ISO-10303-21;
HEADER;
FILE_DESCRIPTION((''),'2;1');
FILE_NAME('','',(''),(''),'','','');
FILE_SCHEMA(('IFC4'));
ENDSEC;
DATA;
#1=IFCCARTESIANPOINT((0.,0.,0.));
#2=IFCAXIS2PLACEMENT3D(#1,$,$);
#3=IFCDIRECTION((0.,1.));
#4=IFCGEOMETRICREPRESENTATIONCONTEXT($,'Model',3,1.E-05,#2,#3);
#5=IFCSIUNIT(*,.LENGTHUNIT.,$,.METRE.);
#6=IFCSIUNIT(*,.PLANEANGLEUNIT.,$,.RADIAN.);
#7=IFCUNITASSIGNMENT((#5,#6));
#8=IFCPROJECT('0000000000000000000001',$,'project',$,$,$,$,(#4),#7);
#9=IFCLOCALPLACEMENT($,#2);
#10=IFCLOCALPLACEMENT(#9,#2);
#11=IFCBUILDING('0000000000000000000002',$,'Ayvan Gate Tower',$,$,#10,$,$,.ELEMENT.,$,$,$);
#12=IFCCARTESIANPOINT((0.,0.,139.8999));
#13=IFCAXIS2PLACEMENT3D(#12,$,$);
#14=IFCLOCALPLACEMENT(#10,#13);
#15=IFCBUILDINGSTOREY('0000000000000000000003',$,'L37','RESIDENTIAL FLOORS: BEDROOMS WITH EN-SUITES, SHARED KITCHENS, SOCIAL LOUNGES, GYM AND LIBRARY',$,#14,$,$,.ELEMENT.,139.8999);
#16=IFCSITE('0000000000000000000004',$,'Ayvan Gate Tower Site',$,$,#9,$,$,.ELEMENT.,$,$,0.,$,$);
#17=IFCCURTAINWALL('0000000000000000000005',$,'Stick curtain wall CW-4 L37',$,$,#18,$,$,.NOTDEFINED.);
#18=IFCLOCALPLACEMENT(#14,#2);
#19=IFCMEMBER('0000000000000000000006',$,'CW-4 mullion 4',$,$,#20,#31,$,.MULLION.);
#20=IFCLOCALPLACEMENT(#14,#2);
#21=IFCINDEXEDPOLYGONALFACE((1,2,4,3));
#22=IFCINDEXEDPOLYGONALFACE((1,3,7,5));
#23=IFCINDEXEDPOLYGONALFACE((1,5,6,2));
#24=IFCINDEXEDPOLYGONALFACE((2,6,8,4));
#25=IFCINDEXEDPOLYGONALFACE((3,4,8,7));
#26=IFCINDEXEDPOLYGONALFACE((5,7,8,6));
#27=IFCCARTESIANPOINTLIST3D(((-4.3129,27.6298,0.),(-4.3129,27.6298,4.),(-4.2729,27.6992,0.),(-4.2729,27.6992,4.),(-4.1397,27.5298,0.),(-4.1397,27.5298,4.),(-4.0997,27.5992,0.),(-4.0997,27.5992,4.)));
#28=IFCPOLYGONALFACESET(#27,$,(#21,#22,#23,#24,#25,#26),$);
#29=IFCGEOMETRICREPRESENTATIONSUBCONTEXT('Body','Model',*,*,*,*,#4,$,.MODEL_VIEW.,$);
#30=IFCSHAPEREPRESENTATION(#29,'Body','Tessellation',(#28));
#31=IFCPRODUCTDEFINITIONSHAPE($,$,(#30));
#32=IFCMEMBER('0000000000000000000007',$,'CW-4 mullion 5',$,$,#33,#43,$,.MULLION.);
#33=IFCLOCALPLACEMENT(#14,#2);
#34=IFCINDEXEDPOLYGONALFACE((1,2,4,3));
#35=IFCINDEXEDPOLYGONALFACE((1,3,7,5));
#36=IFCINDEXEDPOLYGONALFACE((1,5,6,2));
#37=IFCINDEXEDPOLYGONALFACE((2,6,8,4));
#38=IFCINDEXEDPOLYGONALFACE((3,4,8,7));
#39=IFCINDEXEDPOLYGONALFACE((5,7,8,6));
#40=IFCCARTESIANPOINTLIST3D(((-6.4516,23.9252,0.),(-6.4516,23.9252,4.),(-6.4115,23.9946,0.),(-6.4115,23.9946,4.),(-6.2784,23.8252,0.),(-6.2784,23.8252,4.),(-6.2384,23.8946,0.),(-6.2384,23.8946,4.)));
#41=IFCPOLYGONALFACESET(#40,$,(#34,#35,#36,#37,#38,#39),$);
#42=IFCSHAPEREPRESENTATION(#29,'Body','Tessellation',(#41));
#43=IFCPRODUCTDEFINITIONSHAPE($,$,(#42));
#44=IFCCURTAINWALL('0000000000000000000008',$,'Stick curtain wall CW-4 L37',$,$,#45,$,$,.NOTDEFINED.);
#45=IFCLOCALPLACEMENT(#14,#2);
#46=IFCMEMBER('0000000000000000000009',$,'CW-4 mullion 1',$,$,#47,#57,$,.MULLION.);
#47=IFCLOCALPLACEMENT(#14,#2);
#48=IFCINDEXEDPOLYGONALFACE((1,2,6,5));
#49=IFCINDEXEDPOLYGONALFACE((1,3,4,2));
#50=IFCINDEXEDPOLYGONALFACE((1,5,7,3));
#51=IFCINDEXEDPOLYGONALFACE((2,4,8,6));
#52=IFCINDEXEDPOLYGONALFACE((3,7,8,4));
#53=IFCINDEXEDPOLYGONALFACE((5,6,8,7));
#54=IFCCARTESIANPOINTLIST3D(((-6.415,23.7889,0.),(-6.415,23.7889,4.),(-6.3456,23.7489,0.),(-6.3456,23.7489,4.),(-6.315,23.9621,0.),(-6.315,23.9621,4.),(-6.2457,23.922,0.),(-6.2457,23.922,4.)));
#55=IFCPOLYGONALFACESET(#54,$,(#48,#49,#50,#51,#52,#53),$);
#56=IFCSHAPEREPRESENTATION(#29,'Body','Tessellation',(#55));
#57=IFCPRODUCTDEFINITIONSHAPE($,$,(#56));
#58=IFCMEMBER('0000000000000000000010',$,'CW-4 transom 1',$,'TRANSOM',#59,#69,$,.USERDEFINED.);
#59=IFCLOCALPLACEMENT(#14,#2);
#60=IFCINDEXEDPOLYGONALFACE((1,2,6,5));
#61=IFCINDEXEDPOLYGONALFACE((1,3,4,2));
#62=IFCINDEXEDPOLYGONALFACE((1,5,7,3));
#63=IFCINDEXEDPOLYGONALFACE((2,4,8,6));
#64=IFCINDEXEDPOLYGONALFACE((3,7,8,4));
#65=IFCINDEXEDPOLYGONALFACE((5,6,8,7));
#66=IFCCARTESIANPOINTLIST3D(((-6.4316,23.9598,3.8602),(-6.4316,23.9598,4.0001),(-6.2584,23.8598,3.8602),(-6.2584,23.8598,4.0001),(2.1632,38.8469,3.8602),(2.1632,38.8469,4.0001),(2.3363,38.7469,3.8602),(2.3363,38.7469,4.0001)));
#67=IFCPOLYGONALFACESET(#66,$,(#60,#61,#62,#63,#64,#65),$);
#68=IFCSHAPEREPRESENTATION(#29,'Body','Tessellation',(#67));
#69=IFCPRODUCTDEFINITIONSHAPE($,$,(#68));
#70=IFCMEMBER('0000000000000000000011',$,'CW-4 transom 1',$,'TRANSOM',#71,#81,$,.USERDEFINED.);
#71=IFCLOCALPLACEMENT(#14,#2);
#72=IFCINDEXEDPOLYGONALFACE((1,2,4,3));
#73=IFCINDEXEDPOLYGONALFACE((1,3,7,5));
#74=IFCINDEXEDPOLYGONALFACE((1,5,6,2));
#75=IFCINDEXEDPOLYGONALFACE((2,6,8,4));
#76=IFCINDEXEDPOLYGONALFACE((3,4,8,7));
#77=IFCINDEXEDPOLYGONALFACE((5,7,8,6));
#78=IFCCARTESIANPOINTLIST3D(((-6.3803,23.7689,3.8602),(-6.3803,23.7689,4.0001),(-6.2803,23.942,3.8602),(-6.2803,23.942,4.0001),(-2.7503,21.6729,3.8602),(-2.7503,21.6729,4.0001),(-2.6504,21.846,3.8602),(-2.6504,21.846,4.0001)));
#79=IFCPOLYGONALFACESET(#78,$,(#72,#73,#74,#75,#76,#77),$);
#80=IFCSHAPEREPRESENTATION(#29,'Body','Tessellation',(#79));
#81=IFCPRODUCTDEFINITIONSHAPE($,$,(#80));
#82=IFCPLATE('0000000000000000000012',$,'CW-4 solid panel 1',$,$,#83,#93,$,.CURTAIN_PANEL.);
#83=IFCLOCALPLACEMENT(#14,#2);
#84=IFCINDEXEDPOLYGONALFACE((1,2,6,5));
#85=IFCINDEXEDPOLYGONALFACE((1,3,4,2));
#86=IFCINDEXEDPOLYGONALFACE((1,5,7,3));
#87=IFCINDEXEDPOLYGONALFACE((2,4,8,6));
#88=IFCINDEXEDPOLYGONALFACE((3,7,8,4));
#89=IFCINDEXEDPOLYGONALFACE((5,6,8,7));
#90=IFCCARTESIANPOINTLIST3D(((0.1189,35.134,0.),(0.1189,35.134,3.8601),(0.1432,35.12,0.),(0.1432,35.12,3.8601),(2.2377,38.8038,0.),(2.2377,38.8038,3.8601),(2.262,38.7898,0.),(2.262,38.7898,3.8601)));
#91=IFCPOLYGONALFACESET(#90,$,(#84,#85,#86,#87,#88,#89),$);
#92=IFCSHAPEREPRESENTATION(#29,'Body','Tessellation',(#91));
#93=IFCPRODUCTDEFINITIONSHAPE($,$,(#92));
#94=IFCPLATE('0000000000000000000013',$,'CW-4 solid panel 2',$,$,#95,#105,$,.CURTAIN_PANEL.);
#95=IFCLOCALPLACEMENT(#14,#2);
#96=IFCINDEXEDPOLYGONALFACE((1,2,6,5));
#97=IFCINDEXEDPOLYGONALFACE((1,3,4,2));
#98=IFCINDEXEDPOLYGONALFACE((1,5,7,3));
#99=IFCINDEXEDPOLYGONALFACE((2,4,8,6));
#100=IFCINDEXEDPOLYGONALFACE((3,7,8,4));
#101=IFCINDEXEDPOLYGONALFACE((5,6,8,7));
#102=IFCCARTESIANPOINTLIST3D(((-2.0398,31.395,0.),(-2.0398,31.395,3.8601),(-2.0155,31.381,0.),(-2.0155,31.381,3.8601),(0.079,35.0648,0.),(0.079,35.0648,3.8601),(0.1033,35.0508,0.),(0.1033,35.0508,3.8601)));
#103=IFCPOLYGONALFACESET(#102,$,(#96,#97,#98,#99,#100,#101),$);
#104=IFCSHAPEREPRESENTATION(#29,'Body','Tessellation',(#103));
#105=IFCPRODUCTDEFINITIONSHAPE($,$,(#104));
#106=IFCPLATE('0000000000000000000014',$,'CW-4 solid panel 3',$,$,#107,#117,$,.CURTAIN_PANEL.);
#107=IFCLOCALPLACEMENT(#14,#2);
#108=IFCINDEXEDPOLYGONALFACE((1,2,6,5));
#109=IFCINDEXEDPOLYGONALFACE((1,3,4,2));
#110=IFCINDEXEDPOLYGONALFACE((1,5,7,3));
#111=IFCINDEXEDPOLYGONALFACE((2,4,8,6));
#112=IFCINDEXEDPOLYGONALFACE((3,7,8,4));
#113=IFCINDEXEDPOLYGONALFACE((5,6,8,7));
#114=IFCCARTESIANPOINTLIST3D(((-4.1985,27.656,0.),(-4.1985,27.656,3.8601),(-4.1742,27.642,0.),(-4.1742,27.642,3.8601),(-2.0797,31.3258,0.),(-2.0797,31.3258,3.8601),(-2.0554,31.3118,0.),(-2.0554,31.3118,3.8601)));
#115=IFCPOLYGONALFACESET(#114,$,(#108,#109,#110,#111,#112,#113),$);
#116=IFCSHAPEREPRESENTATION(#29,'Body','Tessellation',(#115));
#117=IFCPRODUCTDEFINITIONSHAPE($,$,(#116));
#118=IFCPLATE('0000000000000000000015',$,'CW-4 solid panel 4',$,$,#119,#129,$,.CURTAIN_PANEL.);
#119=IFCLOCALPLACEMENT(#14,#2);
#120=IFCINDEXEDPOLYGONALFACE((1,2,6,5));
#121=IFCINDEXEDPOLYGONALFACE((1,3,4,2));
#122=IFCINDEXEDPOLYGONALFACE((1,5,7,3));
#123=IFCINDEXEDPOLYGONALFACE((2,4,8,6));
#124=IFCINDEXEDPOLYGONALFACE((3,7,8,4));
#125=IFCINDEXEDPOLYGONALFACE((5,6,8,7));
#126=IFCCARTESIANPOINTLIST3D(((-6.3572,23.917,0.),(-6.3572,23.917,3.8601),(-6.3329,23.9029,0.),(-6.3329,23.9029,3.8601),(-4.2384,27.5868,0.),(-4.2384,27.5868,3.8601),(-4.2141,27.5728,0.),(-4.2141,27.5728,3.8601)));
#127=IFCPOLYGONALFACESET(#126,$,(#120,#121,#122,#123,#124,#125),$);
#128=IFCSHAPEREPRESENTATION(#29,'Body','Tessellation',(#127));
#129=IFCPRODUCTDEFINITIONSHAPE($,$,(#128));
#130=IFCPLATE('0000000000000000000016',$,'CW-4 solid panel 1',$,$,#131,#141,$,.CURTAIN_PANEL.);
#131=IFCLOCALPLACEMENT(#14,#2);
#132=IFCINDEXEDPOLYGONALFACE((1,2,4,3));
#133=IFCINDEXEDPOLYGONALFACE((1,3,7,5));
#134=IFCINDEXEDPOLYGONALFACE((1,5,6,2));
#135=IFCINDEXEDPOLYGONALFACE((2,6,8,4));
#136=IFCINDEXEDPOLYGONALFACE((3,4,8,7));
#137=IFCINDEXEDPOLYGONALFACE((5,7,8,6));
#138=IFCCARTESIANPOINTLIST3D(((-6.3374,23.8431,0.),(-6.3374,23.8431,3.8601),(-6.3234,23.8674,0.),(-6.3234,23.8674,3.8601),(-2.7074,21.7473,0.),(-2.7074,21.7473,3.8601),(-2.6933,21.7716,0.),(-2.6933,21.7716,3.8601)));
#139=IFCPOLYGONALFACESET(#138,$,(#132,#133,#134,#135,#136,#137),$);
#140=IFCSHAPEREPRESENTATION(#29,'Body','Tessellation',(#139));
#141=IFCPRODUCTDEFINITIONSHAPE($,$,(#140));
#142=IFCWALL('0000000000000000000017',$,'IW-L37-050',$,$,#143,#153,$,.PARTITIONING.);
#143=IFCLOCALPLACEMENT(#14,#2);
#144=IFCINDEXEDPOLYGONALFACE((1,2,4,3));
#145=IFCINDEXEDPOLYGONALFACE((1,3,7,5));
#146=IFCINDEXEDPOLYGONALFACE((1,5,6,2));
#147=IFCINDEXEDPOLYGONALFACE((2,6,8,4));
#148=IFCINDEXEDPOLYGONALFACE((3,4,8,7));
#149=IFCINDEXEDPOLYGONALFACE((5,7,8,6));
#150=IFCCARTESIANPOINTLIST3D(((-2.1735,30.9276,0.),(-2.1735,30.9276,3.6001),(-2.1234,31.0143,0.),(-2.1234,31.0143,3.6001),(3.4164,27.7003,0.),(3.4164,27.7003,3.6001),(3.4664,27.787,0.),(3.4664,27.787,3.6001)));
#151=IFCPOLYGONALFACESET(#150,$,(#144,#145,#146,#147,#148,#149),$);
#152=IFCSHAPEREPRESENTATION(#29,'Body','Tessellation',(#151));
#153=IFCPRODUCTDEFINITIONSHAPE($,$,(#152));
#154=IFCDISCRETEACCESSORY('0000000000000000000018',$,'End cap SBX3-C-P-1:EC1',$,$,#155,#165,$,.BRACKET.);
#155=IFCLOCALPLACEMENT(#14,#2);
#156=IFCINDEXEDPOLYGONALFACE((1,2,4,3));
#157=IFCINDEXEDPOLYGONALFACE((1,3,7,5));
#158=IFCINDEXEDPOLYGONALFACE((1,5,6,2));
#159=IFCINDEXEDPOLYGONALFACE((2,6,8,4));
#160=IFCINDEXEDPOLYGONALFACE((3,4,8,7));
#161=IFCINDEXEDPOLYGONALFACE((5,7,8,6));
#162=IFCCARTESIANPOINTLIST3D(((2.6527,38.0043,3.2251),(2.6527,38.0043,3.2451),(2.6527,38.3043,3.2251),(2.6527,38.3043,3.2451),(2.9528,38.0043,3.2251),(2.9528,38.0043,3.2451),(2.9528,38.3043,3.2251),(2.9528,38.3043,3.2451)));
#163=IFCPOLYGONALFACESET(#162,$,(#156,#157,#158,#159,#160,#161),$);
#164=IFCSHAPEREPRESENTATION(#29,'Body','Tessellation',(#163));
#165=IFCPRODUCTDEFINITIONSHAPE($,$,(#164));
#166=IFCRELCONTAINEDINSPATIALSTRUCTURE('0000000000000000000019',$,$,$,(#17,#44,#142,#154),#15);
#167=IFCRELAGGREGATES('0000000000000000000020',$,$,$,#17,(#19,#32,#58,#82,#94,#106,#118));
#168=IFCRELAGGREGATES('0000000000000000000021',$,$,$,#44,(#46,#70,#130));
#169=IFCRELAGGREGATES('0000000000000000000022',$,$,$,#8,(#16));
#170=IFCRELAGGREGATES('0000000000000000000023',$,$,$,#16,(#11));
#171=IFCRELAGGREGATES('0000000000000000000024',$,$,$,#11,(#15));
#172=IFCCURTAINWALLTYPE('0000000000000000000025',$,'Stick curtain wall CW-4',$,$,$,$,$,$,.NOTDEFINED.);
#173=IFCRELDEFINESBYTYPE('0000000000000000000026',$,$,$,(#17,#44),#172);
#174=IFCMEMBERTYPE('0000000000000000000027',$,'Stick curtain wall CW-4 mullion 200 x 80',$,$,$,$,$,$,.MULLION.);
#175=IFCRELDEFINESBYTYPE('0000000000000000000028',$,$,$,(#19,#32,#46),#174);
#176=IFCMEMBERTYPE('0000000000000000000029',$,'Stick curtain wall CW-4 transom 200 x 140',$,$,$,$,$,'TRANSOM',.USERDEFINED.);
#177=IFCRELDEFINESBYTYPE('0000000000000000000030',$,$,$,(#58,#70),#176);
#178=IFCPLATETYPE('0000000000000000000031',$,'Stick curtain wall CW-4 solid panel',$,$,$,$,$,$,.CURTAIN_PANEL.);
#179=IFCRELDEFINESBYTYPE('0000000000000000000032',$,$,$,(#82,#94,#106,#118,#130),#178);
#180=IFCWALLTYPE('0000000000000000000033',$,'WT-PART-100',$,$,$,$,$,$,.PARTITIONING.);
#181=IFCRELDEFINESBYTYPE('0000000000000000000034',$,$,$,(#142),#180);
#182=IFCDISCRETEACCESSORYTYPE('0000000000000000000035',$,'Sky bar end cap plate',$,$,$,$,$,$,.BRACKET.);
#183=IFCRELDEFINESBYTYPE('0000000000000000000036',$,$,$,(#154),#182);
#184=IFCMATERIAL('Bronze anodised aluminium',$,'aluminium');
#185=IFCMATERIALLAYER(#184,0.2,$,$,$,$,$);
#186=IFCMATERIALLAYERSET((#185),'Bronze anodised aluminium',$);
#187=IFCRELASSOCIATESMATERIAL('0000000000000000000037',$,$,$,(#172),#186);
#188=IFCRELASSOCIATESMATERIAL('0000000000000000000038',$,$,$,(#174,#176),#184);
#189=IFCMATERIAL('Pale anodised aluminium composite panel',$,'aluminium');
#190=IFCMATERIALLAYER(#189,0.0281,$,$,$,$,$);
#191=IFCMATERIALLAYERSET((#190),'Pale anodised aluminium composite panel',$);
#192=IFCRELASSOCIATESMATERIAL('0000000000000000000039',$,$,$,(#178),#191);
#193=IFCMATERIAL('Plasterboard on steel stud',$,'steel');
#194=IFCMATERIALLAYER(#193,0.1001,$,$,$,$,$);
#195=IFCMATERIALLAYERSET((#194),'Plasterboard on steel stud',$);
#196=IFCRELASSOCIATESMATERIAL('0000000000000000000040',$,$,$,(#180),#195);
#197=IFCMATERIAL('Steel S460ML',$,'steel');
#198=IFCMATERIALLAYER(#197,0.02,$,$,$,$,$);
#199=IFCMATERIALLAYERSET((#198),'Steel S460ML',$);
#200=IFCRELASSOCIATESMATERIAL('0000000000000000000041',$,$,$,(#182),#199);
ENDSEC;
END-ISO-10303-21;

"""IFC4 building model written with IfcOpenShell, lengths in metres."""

from ifc_helpers import new_model, si_unit, direction, frame, frame_2d, origin, origin_2d, place, context, subcontext, project, spatial, rectangle, extrude, material, layer, layer_set, material_profile, profile_set, type_object, element, aggregate, save


model = new_model("IFC4")

# Units and contexts
model_context = context("Model", 3, precision=1e-05, world=origin(), true_north=direction((0.0, 1.0)))
body_context = subcontext(model_context, "Body", "Model", "MODEL_VIEW")
ifc_project = project(units=[si_unit("LENGTHUNIT", "METRE"), si_unit("PLANEANGLEUNIT", "RADIAN")], contexts=[model_context])

# Site, building, storey
site_placement = place(None, origin())
site = spatial("IfcSite", under=ifc_project, at=site_placement, Name="Ayvan Gate Tower Site", CompositionType="ELEMENT", RefElevation=0.0)
building_placement = place(site_placement, origin())
building = spatial("IfcBuilding", under=site, at=building_placement, Name="Ayvan Gate Tower", CompositionType="ELEMENT")
storey_placement = place(building_placement, frame((0.0, 0.0, 139.8999)))
storey = spatial("IfcBuildingStorey", under=building, at=storey_placement, Name="L37", Description="RESIDENTIAL FLOORS: BEDROOMS WITH EN-SUITES, SHARED KITCHENS, SOCIAL LOUNGES, GYM AND LIBRARY", CompositionType="ELEMENT", Elevation=139.8999)

# Shared definitions
ifc_material_1 = material(Name="Bronze anodised aluminium", Category="aluminium")
ifc_layer_1 = layer(ifc_material_1, 0.2)
ifc_layer_set_1 = layer_set([ifc_layer_1], Name="Bronze anodised aluminium")
curtain_wall_type = type_object("IfcCurtainWallType", Name="Stick curtain wall CW-4", PredefinedType="NOTDEFINED", material=ifc_layer_set_1)
ifc_material_profile_1 = material_profile(ifc_material_1, rectangle(XDim=0.2, YDim=0.0801, at=origin_2d()), Name="Stick curtain wall CW-4 mullion 200 x 80")
ifc_profile_set_1 = profile_set([ifc_material_profile_1], Name="Bronze anodised aluminium")
member_type_1 = type_object("IfcMemberType", Name="Stick curtain wall CW-4 mullion 200 x 80", PredefinedType="MULLION", material=ifc_profile_set_1)

# Curtain wall, members
curtain_wall_1_placement = place(storey_placement, origin())
curtain_wall_1 = element("IfcCurtainWall", 1, at=curtain_wall_1_placement, inside=storey, type_object=curtain_wall_type, Name="Stick curtain wall CW-4 L37", PredefinedType="NOTDEFINED")
member_1_placement = place(storey_placement, frame((-4.2063, 27.6145, 0.0), z_axis=(0.0, 0.0, 1.0), x_axis=(-0.866025, 0.5, 0.0)))
member_1 = element("IfcMember", 2, at=member_1_placement, type_object=member_type_1, Name="CW-4 mullion 4", PredefinedType="MULLION", context=body_context, shape_type="SweptSolid", body=[
    extrude(rectangle(XDim=0.2, YDim=0.0801, at=origin_2d()), origin(), (0.0, 0.0, 1.0), 4.0),
])
member_2_placement = place(storey_placement, frame((-6.345, 23.9099, 0.0), z_axis=(0.0, 0.0, 1.0), x_axis=(-0.866025, 0.5, 0.0)))
member_2 = element("IfcMember", 3, at=member_2_placement, type_object=member_type_1, Name="CW-4 mullion 5", PredefinedType="MULLION", context=body_context, shape_type="SweptSolid", body=[
    extrude(rectangle(XDim=0.2, YDim=0.0801, at=origin_2d()), origin(), (0.0, 0.0, 1.0), 4.0),
])

# Curtain wall, member
curtain_wall_2_placement = place(storey_placement, origin())
curtain_wall_2 = element("IfcCurtainWall", 4, at=curtain_wall_2_placement, inside=storey, type_object=curtain_wall_type, Name="Stick curtain wall CW-4 L37", PredefinedType="NOTDEFINED")
member_3_placement = place(storey_placement, frame((-6.3303, 23.8555, 0.0), z_axis=(0.0, 0.0, 1.0), x_axis=(-0.5, -0.866025, 0.0)))
member_3 = element("IfcMember", 5, at=member_3_placement, type_object=member_type_1, Name="CW-4 mullion 1", PredefinedType="MULLION", context=body_context, shape_type="SweptSolid", body=[
    extrude(rectangle(XDim=0.2, YDim=0.0801, at=origin_2d()), origin(), (0.0, 0.0, 1.0), 4.0),
])

# Members
ifc_material_profile_2 = material_profile(ifc_material_1, rectangle(XDim=0.2, YDim=0.1399, at=origin_2d()), Name="Stick curtain wall CW-4 transom 200 x 140")
ifc_profile_set_2 = profile_set([ifc_material_profile_2], Name="Bronze anodised aluminium")
member_type_2 = type_object("IfcMemberType", Name="Stick curtain wall CW-4 transom 200 x 140", ElementType="TRANSOM", PredefinedType="USERDEFINED", material=ifc_profile_set_2)
member_4_placement = place(storey_placement, frame((2.2498, 38.7969, 3.9302), z_axis=(-0.499988, -0.866032, 0.0), x_axis=(0.866032, -0.499988, 0.0)))
member_4 = element("IfcMember", 6, at=member_4_placement, type_object=member_type_2, Name="CW-4 transom 1", ObjectType="TRANSOM", PredefinedType="USERDEFINED", context=body_context, shape_type="SweptSolid", body=[
    extrude(rectangle(XDim=0.2, YDim=0.1399, at=origin_2d()), origin(), (0.0, 0.0, 1.0), 17.1899),
])
member_5_placement = place(storey_placement, frame((-6.3303, 23.8555, 3.9302), z_axis=(0.866001, -0.500042, 0.0), x_axis=(0.500042, 0.866001, 0.0)))
member_5 = element("IfcMember", 7, at=member_5_placement, type_object=member_type_2, Name="CW-4 transom 1", ObjectType="TRANSOM", PredefinedType="USERDEFINED", context=body_context, shape_type="SweptSolid", body=[
    extrude(rectangle(XDim=0.2, YDim=0.1399, at=origin_2d()), origin(), (0.0, 0.0, 1.0), 4.1917),
])

# Plates
ifc_material_2 = material(Name="Pale anodised aluminium composite panel", Category="aluminium")
ifc_layer_2 = layer(ifc_material_2, 0.0281)
ifc_layer_set_2 = layer_set([ifc_layer_2], Name="Pale anodised aluminium composite panel")
plate_type = type_object("IfcPlateType", Name="Stick curtain wall CW-4 solid panel", PredefinedType="CURTAIN_PANEL", material=ifc_layer_set_2)
plate_1_placement = place(storey_placement, frame((1.1904, 36.9619, 0.0), z_axis=(0.0, 0.0, 1.0), x_axis=(-0.5, -0.866025, 0.0)))
plate_1 = element("IfcPlate", 8, at=plate_1_placement, type_object=plate_type, Name="CW-4 solid panel 1", PredefinedType="CURTAIN_PANEL", context=body_context, shape_type="SweptSolid", body=[
    extrude(rectangle(XDim=4.2375, YDim=0.0281, at=origin_2d()), origin(), (0.0, 0.0, 1.0), 3.8601),
])
plate_2_placement = place(storey_placement, frame((-0.9683, 33.2229, 0.0), z_axis=(0.0, 0.0, 1.0), x_axis=(-0.5, -0.866025, 0.0)))
plate_2 = element("IfcPlate", 9, at=plate_2_placement, type_object=plate_type, Name="CW-4 solid panel 2", PredefinedType="CURTAIN_PANEL", context=body_context, shape_type="SweptSolid", body=[
    extrude(rectangle(XDim=4.2375, YDim=0.0281, at=origin_2d()), origin(), (0.0, 0.0, 1.0), 3.8601),
])
plate_3_placement = place(storey_placement, frame((-3.127, 29.4839, 0.0), z_axis=(0.0, 0.0, 1.0), x_axis=(-0.5, -0.866025, 0.0)))
plate_3 = element("IfcPlate", 10, at=plate_3_placement, type_object=plate_type, Name="CW-4 solid panel 3", PredefinedType="CURTAIN_PANEL", context=body_context, shape_type="SweptSolid", body=[
    extrude(rectangle(XDim=4.2375, YDim=0.0281, at=origin_2d()), origin(), (0.0, 0.0, 1.0), 3.8601),
])
plate_4_placement = place(storey_placement, frame((-5.2856, 25.7449, 0.0), z_axis=(0.0, 0.0, 1.0), x_axis=(-0.5, -0.866025, 0.0)))
plate_4 = element("IfcPlate", 11, at=plate_4_placement, type_object=plate_type, Name="CW-4 solid panel 4", PredefinedType="CURTAIN_PANEL", context=body_context, shape_type="SweptSolid", body=[
    extrude(rectangle(XDim=4.2375, YDim=0.0281, at=origin_2d()), origin(), (0.0, 0.0, 1.0), 3.8601),
])
aggregate(curtain_wall_1, [member_1, member_2, member_4, plate_1, plate_2, plate_3, plate_4])
plate_5_placement = place(storey_placement, frame((-4.5154, 22.8074, 0.0), z_axis=(0.0, 0.0, 1.0), x_axis=(0.866025, -0.5, 0.0)))
plate_5 = element("IfcPlate", 12, at=plate_5_placement, type_object=plate_type, Name="CW-4 solid panel 1", PredefinedType="CURTAIN_PANEL", context=body_context, shape_type="SweptSolid", body=[
    extrude(rectangle(XDim=4.1917, YDim=0.0281, at=origin_2d()), origin(), (0.0, 0.0, 1.0), 3.8601),
])
aggregate(curtain_wall_2, [member_3, member_5, plate_5])

# Wall
ifc_material_3 = material(Name="Plasterboard on steel stud", Category="steel")
ifc_layer_3 = layer(ifc_material_3, 0.1001)
ifc_layer_set_3 = layer_set([ifc_layer_3], Name="Plasterboard on steel stud")
wall_type = type_object("IfcWallType", Name="WT-PART-100", PredefinedType="PARTITIONING", material=ifc_layer_set_3)
wall_placement = place(storey_placement, frame((-2.1484, 30.9709, 0.0), z_axis=(0.0, 0.0, 1.0), x_axis=(0.866026, -0.5, 0.0)))
element("IfcWall", 13, at=wall_placement, inside=storey, type_object=wall_type, Name="IW-L37-050", PredefinedType="PARTITIONING", context=body_context, shape_type="SweptSolid", body=[
    extrude(rectangle(XDim=6.4546, YDim=0.1001, at=frame_2d((3.2273, 0.0))), origin(), (0.0, 0.0, 1.0), 3.6001),
])

# Discrete accessory
ifc_material_4 = material(Name="Steel S460ML", Category="steel")
ifc_layer_4 = layer(ifc_material_4, 0.02)
ifc_layer_set_4 = layer_set([ifc_layer_4], Name="Steel S460ML")
discrete_accessory_type = type_object("IfcDiscreteAccessoryType", Name="Sky bar end cap plate", PredefinedType="BRACKET", material=ifc_layer_set_4)
discrete_accessory_placement = place(storey_placement, frame((2.8027, 38.1543, 3.2251), z_axis=(0.0, 0.0, 1.0), x_axis=(1.0, 0.0, 0.0)))
element("IfcDiscreteAccessory", 14, at=discrete_accessory_placement, inside=storey, type_object=discrete_accessory_type, Name="End cap SBX3-C-P-1:EC1", PredefinedType="BRACKET", context=body_context, shape_type="SweptSolid", body=[
    extrude(rectangle(XDim=0.3, YDim=0.3, at=origin_2d()), origin(), (0.0, 0.0, 1.0), 0.02),
])

save(model, "model.ifc")
